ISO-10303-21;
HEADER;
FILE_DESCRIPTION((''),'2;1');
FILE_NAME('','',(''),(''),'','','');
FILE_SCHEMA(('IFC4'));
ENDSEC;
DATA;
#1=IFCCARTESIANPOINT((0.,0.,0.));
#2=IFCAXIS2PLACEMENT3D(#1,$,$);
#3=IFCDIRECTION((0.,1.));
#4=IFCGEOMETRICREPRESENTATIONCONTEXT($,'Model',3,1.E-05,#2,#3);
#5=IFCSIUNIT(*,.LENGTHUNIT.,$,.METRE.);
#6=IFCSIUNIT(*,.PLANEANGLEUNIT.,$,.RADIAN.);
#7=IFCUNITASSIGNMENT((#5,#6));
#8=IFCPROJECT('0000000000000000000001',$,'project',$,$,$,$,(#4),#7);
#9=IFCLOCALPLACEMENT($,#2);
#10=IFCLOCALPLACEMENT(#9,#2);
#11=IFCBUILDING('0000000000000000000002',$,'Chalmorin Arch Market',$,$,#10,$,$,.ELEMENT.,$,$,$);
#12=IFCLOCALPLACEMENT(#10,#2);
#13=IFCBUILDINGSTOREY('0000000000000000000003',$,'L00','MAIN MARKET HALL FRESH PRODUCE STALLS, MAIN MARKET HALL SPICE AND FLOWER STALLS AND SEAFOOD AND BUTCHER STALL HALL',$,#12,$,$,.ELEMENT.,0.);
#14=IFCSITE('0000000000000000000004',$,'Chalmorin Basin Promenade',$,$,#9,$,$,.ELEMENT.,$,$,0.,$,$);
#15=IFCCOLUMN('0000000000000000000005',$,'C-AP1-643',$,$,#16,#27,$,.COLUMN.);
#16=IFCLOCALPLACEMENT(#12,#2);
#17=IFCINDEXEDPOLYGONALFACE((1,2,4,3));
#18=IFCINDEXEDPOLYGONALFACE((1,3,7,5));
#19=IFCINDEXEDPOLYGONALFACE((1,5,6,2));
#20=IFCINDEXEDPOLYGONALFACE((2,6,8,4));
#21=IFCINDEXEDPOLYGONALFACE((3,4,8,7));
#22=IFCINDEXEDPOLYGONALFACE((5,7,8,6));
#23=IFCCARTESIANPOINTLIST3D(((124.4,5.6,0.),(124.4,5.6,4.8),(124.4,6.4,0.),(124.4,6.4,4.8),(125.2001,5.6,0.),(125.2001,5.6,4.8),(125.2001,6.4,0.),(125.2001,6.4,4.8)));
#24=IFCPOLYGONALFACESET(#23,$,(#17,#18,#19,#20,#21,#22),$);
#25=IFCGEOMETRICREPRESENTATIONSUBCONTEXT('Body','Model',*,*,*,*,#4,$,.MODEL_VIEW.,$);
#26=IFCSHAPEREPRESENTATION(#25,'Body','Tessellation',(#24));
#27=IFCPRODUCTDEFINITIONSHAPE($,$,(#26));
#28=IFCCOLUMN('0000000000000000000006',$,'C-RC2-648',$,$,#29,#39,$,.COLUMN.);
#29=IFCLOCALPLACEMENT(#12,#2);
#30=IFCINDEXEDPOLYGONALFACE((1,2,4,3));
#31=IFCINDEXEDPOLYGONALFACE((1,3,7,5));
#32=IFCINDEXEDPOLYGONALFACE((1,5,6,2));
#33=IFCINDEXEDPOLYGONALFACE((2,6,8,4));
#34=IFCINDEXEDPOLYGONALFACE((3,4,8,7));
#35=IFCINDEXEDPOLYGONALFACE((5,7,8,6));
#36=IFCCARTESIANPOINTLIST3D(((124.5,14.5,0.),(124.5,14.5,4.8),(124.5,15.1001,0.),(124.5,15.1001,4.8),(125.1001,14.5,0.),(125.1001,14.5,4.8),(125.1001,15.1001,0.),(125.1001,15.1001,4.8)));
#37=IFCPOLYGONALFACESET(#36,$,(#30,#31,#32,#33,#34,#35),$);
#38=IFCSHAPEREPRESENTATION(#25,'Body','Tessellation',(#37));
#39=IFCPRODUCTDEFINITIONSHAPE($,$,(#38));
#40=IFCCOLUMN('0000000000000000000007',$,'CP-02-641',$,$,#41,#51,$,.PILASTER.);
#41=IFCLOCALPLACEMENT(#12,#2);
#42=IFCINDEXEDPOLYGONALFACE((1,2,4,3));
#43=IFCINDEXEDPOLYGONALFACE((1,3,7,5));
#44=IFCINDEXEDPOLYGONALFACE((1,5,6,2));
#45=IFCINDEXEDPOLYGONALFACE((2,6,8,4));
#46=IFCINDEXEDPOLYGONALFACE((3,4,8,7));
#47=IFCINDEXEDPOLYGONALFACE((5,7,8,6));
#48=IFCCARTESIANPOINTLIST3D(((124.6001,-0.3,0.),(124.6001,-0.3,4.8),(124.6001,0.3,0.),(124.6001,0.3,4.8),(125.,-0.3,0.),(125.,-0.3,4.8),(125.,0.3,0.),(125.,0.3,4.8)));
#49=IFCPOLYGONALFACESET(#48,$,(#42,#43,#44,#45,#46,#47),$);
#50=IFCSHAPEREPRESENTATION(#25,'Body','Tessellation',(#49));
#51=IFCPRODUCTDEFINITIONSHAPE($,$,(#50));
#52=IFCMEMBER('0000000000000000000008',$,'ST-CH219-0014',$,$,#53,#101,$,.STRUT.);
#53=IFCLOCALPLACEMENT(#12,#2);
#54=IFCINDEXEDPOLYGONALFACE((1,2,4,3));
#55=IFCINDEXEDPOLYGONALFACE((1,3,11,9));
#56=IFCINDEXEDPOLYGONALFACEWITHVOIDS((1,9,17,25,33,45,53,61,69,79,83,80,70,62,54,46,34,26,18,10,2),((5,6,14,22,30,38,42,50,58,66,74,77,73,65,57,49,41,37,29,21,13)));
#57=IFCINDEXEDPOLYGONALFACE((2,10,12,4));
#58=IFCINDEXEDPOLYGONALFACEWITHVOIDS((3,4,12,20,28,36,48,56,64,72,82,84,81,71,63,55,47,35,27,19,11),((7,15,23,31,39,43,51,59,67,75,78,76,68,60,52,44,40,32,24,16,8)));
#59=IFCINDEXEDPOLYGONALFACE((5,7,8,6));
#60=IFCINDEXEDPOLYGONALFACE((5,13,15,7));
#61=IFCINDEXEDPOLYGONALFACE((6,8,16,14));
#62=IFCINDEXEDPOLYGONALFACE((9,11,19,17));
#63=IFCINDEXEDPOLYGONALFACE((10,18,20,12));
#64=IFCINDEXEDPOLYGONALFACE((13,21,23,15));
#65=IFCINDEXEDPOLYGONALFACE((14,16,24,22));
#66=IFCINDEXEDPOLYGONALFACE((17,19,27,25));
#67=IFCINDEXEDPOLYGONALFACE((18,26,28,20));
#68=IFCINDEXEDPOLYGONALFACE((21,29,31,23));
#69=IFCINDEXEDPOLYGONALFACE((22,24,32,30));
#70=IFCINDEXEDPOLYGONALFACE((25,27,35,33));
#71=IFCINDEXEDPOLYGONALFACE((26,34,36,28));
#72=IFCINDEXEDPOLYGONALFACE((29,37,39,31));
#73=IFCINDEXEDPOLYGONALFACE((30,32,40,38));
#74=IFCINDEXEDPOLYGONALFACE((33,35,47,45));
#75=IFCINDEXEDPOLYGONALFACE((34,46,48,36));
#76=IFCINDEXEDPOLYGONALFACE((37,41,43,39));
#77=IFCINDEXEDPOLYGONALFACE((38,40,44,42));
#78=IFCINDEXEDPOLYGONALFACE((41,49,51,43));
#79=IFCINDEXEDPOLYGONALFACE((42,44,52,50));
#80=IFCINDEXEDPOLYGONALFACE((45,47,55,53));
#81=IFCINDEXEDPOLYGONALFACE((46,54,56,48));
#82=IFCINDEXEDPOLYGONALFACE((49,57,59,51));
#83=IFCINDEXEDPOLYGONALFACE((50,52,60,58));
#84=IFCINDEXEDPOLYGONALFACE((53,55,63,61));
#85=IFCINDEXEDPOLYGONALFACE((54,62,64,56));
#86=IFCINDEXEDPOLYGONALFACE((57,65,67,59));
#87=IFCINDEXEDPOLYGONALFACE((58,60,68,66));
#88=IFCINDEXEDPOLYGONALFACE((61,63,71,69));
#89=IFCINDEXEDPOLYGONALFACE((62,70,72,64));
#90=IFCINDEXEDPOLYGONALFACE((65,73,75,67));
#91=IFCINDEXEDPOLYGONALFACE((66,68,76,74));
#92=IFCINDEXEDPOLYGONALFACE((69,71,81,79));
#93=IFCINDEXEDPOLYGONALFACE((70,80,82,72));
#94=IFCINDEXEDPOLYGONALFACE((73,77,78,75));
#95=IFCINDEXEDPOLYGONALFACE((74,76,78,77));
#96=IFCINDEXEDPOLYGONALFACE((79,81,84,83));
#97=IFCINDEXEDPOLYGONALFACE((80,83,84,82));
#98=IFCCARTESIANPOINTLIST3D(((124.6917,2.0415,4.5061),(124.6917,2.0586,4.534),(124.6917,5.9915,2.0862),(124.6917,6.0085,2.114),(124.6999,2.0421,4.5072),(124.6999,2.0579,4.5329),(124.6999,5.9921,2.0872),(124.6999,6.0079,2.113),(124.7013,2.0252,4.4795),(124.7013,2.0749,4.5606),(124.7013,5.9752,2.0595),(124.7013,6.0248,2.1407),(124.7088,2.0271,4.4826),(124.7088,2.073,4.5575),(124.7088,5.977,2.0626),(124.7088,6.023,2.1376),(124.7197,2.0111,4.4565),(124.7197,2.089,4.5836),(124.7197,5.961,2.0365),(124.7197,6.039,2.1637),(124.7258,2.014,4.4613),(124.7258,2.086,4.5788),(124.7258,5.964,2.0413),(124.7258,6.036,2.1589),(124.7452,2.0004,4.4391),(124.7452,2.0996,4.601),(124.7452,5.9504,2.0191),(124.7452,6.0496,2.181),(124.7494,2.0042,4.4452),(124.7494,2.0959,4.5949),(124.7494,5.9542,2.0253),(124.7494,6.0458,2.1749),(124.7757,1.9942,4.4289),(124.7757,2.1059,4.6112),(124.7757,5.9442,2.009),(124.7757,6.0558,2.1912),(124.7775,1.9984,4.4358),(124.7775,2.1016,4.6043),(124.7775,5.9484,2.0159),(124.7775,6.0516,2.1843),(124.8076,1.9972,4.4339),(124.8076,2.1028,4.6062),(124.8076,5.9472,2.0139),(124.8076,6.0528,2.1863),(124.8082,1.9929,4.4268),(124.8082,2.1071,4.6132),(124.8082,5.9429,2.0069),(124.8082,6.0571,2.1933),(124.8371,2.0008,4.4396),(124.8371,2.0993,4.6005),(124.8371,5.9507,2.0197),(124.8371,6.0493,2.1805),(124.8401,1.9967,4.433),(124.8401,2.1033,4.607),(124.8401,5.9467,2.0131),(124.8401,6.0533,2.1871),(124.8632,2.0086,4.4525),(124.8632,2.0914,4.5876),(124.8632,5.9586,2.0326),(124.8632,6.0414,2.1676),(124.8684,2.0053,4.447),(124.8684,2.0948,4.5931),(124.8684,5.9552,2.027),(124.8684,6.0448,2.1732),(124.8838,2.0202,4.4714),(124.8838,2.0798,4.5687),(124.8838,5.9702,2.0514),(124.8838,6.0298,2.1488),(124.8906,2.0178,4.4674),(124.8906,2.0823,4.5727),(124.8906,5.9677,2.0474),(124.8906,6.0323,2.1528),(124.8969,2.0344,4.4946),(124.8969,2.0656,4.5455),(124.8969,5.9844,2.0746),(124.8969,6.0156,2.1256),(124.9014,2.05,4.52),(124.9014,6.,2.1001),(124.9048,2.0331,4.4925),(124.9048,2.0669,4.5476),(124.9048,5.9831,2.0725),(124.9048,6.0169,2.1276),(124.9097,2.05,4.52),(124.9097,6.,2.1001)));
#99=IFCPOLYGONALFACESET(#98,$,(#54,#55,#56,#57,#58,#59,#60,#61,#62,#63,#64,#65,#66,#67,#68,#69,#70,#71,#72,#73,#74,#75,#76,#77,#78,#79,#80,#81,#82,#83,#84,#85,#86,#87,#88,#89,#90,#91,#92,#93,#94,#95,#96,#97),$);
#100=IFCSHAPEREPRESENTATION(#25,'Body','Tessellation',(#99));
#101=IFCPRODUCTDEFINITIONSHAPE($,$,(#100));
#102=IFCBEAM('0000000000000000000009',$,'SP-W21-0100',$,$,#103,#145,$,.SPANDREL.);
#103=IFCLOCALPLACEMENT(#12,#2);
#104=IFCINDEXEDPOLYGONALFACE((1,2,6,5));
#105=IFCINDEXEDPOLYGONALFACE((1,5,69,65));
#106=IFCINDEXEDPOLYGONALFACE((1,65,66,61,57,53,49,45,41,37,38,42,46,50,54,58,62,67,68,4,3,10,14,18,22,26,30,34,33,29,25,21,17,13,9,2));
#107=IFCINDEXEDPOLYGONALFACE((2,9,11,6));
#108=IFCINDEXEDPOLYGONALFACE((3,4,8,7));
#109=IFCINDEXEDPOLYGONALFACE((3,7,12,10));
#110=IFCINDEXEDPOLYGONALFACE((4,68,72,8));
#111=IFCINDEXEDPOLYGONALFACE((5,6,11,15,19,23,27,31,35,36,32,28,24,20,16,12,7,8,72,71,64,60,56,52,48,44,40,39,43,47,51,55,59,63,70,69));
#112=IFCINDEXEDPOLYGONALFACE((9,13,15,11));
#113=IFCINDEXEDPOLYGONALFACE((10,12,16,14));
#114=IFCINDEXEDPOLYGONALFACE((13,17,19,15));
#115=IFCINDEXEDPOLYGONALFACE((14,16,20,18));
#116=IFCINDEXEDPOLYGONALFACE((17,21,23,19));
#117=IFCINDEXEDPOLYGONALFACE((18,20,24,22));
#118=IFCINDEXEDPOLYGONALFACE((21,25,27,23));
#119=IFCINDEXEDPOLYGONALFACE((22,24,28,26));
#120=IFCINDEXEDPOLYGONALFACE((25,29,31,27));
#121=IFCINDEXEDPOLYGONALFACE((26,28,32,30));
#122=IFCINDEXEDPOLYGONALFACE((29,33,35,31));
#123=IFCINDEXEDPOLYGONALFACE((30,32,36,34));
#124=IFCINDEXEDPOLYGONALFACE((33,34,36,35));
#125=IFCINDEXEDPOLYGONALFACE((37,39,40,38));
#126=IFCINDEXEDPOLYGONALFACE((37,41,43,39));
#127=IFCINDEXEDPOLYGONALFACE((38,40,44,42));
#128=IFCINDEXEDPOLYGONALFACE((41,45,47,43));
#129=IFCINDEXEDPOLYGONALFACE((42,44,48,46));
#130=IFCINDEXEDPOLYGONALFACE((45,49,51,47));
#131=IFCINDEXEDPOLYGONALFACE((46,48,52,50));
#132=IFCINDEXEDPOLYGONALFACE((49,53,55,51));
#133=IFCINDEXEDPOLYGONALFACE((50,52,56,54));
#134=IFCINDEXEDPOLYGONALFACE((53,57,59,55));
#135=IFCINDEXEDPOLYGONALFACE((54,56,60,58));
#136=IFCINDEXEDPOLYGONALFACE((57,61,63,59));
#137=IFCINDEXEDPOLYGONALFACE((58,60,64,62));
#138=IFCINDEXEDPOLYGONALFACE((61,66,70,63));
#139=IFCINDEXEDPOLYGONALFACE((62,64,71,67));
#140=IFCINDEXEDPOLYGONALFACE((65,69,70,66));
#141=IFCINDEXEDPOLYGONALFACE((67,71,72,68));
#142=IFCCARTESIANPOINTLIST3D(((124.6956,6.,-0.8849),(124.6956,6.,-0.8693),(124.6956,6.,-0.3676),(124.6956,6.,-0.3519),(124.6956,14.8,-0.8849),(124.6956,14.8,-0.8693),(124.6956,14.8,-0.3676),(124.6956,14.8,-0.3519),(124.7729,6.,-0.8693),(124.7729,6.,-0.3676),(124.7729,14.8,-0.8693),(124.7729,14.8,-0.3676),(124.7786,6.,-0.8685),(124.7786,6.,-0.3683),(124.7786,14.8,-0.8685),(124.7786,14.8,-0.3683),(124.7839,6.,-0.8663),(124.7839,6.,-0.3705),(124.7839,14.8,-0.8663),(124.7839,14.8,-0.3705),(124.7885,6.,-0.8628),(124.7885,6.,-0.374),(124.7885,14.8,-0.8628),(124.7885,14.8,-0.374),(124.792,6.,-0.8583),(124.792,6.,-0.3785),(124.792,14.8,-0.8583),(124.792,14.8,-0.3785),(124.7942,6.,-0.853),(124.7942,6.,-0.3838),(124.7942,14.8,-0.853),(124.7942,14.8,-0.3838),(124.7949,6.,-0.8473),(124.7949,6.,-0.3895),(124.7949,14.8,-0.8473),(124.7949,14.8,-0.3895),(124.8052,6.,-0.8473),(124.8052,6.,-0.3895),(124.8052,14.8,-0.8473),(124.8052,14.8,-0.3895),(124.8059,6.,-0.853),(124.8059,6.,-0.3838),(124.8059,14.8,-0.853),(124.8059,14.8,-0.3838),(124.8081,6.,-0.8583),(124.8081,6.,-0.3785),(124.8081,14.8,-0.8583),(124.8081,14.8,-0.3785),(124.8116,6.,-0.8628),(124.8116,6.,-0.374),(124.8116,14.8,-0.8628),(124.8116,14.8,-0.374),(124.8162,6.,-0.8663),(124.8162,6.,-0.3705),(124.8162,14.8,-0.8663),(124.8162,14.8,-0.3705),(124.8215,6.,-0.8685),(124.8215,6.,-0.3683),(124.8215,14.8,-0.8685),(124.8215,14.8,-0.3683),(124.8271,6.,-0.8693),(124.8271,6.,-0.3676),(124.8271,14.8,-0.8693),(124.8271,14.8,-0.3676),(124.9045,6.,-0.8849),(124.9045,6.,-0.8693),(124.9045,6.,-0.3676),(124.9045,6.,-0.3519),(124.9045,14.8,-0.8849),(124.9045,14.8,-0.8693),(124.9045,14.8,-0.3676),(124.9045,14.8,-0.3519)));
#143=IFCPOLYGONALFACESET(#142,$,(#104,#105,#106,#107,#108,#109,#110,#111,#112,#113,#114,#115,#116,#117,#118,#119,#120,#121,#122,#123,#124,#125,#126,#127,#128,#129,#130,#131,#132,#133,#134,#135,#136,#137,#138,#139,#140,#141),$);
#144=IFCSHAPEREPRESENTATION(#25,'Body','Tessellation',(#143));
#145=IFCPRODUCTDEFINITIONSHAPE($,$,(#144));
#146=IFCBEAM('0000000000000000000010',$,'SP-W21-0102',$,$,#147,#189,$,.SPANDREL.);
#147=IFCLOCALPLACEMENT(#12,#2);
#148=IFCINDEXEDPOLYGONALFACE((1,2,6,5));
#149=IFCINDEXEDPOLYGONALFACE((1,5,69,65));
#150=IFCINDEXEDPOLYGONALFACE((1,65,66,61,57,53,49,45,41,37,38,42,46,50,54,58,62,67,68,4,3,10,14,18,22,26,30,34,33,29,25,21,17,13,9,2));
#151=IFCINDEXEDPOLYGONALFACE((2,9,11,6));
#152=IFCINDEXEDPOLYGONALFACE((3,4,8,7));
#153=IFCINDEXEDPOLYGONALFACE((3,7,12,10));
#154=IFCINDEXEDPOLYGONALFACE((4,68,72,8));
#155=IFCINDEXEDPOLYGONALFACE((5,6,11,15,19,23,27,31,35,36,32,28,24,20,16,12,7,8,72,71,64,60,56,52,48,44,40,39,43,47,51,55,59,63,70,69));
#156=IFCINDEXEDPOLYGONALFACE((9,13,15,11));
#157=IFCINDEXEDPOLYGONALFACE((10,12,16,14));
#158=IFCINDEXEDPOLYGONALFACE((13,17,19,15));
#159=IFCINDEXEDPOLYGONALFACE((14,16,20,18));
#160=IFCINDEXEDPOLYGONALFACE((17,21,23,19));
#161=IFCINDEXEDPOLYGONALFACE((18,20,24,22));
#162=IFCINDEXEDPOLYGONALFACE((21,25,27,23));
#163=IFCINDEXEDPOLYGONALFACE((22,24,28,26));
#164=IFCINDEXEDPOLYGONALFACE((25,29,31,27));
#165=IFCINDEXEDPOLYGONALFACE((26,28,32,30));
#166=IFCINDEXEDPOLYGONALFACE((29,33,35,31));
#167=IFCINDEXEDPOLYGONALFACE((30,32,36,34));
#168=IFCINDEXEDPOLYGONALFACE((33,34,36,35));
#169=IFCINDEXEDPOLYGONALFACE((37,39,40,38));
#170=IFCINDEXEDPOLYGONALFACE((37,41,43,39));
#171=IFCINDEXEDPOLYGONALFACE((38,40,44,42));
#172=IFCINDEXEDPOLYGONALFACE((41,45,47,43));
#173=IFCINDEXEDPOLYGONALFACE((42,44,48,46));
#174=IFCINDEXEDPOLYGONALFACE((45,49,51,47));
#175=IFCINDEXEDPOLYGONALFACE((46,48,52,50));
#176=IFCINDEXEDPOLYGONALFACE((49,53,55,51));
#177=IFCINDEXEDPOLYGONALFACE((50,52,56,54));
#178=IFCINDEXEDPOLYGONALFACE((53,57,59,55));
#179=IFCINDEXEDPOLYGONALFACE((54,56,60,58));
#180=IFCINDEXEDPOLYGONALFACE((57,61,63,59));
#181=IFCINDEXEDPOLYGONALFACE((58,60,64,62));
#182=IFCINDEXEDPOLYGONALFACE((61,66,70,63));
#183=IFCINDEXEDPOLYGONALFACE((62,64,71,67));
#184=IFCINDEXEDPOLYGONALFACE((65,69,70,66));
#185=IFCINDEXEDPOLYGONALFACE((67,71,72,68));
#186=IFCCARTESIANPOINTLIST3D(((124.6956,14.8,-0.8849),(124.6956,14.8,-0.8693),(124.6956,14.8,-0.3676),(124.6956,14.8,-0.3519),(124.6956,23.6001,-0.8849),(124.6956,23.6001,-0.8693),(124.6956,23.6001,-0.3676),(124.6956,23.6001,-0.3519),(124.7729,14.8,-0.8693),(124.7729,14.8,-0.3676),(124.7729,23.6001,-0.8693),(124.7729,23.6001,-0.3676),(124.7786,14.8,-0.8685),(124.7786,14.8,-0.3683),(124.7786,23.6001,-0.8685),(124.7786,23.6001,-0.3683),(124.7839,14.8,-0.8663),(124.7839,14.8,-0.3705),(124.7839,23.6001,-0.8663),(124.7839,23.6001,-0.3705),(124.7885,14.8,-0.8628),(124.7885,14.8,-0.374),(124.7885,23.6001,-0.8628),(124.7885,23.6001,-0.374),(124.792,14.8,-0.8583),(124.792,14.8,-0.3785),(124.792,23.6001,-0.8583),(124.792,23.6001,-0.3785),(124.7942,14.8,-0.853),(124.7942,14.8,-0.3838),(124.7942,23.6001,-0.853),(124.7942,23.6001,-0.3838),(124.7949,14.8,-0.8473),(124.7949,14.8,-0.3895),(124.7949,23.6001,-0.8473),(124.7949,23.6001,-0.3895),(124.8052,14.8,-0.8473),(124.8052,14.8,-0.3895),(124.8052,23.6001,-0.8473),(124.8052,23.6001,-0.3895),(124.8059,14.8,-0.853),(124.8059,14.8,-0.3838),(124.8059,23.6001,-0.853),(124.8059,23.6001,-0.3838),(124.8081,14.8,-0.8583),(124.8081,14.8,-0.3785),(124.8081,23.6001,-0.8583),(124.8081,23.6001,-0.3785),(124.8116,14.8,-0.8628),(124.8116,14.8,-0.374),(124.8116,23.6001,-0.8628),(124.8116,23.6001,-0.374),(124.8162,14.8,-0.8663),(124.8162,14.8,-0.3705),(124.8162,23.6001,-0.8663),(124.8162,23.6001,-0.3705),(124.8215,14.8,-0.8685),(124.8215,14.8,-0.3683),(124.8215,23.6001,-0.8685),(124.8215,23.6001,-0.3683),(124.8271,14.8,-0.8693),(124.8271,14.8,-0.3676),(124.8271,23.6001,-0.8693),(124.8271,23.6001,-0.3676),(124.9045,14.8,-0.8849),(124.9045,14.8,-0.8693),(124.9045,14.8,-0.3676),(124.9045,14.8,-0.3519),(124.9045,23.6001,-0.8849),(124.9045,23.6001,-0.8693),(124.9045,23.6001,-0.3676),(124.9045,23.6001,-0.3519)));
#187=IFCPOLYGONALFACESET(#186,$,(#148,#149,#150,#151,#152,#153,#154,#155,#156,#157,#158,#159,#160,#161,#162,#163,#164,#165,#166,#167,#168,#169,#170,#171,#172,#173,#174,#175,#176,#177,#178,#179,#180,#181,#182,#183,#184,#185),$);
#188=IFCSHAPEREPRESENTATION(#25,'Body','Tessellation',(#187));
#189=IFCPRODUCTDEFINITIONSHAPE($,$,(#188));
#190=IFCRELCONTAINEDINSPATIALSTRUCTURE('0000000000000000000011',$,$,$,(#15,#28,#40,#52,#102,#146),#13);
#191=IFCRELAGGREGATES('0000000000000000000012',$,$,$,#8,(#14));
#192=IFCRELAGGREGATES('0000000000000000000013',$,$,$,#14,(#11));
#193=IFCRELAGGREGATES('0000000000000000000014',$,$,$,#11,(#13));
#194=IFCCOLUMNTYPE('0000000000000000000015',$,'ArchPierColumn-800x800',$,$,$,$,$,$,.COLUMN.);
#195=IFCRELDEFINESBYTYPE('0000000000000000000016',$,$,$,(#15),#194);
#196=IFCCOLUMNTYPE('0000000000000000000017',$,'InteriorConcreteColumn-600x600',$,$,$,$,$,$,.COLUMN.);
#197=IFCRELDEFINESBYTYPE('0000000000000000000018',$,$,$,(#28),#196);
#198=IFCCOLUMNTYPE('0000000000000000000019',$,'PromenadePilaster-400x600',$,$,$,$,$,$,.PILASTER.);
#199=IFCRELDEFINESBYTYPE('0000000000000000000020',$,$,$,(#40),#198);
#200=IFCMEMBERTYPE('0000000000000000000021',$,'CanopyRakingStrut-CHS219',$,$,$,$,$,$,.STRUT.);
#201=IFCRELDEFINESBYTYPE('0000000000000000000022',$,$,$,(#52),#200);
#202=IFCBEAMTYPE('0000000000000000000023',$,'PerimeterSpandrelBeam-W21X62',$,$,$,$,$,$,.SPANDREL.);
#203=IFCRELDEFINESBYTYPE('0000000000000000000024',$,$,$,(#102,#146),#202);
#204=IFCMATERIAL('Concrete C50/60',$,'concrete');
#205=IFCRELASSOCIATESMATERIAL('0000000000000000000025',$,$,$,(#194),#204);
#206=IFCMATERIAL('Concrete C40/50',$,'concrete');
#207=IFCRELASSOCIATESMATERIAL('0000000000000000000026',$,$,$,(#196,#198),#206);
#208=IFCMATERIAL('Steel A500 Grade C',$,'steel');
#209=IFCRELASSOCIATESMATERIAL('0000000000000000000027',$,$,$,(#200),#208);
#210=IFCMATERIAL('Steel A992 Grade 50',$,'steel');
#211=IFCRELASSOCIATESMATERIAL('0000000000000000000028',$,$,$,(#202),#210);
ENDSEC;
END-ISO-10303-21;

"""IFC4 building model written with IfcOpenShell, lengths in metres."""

from ifc_helpers import new_model, si_unit, direction, frame, origin, origin_2d, place, context, subcontext, project, spatial, rectangle, hollow_circle, i_section, extrude, material, material_profile, profile_set, type_object, element, save


model = new_model("IFC4")

# Units and contexts
model_context = context("Model", 3, precision=1e-05, world=origin(), true_north=direction((0.0, 1.0)))
body_context = subcontext(model_context, "Body", "Model", "MODEL_VIEW")
ifc_project = project(units=[si_unit("LENGTHUNIT", "METRE"), si_unit("PLANEANGLEUNIT", "RADIAN")], contexts=[model_context])

# Site, building, storey
site_placement = place(None, origin())
site = spatial("IfcSite", under=ifc_project, at=site_placement, Name="Chalmorin Basin Promenade", CompositionType="ELEMENT", RefElevation=0.0)
building_placement = place(site_placement, origin())
building = spatial("IfcBuilding", under=site, at=building_placement, Name="Chalmorin Arch Market", CompositionType="ELEMENT")
storey_placement = place(building_placement, origin())
storey = spatial("IfcBuildingStorey", under=building, at=storey_placement, Name="L00", Description="MAIN MARKET HALL FRESH PRODUCE STALLS, MAIN MARKET HALL SPICE AND FLOWER STALLS AND SEAFOOD AND BUTCHER STALL HALL", CompositionType="ELEMENT", Elevation=0.0)

# Columns
ifc_material_1 = material(Name="Concrete C50/60", Category="concrete")
ifc_material_profile_1 = material_profile(ifc_material_1, rectangle(XDim=0.8, YDim=0.8, at=origin_2d()), Name="RC800X800")
ifc_profile_set_1 = profile_set([ifc_material_profile_1], Name="Concrete C50/60")
column_type_1 = type_object("IfcColumnType", Name="ArchPierColumn-800x800", PredefinedType="COLUMN", material=ifc_profile_set_1)
column_1_placement = place(storey_placement, frame((124.8, 6.0, 0.0), z_axis=(0.0, 0.0, 1.0), x_axis=(1.0, 0.0, 0.0)))
element("IfcColumn", 1, at=column_1_placement, inside=storey, type_object=column_type_1, Name="C-AP1-643", PredefinedType="COLUMN", context=body_context, shape_type="SweptSolid", body=[
    extrude(rectangle(XDim=0.8, YDim=0.8, at=origin_2d()), origin(), (0.0, 0.0, 1.0), 4.8),
])
ifc_material_2 = material(Name="Concrete C40/50", Category="concrete")
ifc_material_profile_2 = material_profile(ifc_material_2, rectangle(XDim=0.6001, YDim=0.6001, at=origin_2d()), Name="RC600X600")
ifc_profile_set_2 = profile_set([ifc_material_profile_2], Name="Concrete C40/50")
column_type_2 = type_object("IfcColumnType", Name="InteriorConcreteColumn-600x600", PredefinedType="COLUMN", material=ifc_profile_set_2)
column_2_placement = place(storey_placement, frame((124.8, 14.8, 0.0), z_axis=(0.0, 0.0, 1.0), x_axis=(1.0, 0.0, 0.0)))
element("IfcColumn", 2, at=column_2_placement, inside=storey, type_object=column_type_2, Name="C-RC2-648", PredefinedType="COLUMN", context=body_context, shape_type="SweptSolid", body=[
    extrude(rectangle(XDim=0.6001, YDim=0.6001, at=origin_2d()), origin(), (0.0, 0.0, 1.0), 4.8),
])
ifc_material_profile_3 = material_profile(ifc_material_2, rectangle(XDim=0.3999, YDim=0.6001, at=origin_2d()), Name="RC400X600")
ifc_profile_set_3 = profile_set([ifc_material_profile_3], Name="Concrete C40/50")
column_type_3 = type_object("IfcColumnType", Name="PromenadePilaster-400x600", PredefinedType="PILASTER", material=ifc_profile_set_3)
column_3_placement = place(storey_placement, frame((124.8, 0.0, 0.0), z_axis=(0.0, 0.0, 1.0), x_axis=(1.0, 0.0, 0.0)))
element("IfcColumn", 3, at=column_3_placement, inside=storey, type_object=column_type_3, Name="CP-02-641", PredefinedType="PILASTER", context=body_context, shape_type="SweptSolid", body=[
    extrude(rectangle(XDim=0.3999, YDim=0.6001, at=origin_2d()), origin(), (0.0, 0.0, 1.0), 4.8),
])

# Member
ifc_material_3 = material(Name="Steel A500 Grade C", Category="steel")
ifc_material_profile_4 = material_profile(ifc_material_3, hollow_circle(Radius=0.1096, WallThickness=0.0083, at=origin_2d()), Name="CHS219X8")
ifc_profile_set_4 = profile_set([ifc_material_profile_4], Name="Steel A500 Grade C")
member_type = type_object("IfcMemberType", Name="CanopyRakingStrut-CHS219", PredefinedType="STRUT", material=ifc_profile_set_4)
member_placement = place(storey_placement, frame((124.8, 6.0, 2.1001), z_axis=(0.0, -0.852699, 0.522403), x_axis=(1.0, 0.0, 0.0)))
element("IfcMember", 4, at=member_placement, inside=storey, type_object=member_type, Name="ST-CH219-0014", PredefinedType="STRUT", context=body_context, shape_type="SweptSolid", body=[
    extrude(hollow_circle(Radius=0.1096, WallThickness=0.0083, at=origin_2d()), origin(), (0.0, 0.0, 1.0), 4.6323),
])

# Beams
ifc_material_4 = material(Name="Steel A992 Grade 50", Category="steel")
ifc_material_profile_5 = material_profile(ifc_material_4, i_section(OverallWidth=0.209, OverallDepth=0.533, WebThickness=0.0103, FlangeThickness=0.0156, FilletRadius=0.022, at=origin_2d()), Name="W21X62")
ifc_profile_set_5 = profile_set([ifc_material_profile_5], Name="Steel A992 Grade 50")
beam_type_1 = type_object("IfcBeamType", Name="PerimeterSpandrelBeam-W21X62", PredefinedType="SPANDREL", material=ifc_profile_set_5)
for number, where, z_axis, x_axis, name in (
    (5, (124.8, 6.0, -0.6184), (0.0, 1.0, 0.0), (-1.0, 0.0, 0.0), "SP-W21-0100"),
    (6, (124.8, 14.8, -0.6184), (0.0, 1.0, 0.0), (-1.0, 0.0, 0.0), "SP-W21-0102"),
):
    element("IfcBeam", number, at=place(storey_placement, frame(where, z_axis=z_axis, x_axis=x_axis)), inside=storey, type_object=beam_type_1, Name=name, PredefinedType="SPANDREL", context=body_context, shape_type="SweptSolid", body=[
        extrude(i_section(OverallWidth=0.209, OverallDepth=0.533, WebThickness=0.0103, FlangeThickness=0.0156, FilletRadius=0.022, at=origin_2d()), origin(), (0.0, 0.0, 1.0), 8.8),
    ])

save(model, "model.ifc")
